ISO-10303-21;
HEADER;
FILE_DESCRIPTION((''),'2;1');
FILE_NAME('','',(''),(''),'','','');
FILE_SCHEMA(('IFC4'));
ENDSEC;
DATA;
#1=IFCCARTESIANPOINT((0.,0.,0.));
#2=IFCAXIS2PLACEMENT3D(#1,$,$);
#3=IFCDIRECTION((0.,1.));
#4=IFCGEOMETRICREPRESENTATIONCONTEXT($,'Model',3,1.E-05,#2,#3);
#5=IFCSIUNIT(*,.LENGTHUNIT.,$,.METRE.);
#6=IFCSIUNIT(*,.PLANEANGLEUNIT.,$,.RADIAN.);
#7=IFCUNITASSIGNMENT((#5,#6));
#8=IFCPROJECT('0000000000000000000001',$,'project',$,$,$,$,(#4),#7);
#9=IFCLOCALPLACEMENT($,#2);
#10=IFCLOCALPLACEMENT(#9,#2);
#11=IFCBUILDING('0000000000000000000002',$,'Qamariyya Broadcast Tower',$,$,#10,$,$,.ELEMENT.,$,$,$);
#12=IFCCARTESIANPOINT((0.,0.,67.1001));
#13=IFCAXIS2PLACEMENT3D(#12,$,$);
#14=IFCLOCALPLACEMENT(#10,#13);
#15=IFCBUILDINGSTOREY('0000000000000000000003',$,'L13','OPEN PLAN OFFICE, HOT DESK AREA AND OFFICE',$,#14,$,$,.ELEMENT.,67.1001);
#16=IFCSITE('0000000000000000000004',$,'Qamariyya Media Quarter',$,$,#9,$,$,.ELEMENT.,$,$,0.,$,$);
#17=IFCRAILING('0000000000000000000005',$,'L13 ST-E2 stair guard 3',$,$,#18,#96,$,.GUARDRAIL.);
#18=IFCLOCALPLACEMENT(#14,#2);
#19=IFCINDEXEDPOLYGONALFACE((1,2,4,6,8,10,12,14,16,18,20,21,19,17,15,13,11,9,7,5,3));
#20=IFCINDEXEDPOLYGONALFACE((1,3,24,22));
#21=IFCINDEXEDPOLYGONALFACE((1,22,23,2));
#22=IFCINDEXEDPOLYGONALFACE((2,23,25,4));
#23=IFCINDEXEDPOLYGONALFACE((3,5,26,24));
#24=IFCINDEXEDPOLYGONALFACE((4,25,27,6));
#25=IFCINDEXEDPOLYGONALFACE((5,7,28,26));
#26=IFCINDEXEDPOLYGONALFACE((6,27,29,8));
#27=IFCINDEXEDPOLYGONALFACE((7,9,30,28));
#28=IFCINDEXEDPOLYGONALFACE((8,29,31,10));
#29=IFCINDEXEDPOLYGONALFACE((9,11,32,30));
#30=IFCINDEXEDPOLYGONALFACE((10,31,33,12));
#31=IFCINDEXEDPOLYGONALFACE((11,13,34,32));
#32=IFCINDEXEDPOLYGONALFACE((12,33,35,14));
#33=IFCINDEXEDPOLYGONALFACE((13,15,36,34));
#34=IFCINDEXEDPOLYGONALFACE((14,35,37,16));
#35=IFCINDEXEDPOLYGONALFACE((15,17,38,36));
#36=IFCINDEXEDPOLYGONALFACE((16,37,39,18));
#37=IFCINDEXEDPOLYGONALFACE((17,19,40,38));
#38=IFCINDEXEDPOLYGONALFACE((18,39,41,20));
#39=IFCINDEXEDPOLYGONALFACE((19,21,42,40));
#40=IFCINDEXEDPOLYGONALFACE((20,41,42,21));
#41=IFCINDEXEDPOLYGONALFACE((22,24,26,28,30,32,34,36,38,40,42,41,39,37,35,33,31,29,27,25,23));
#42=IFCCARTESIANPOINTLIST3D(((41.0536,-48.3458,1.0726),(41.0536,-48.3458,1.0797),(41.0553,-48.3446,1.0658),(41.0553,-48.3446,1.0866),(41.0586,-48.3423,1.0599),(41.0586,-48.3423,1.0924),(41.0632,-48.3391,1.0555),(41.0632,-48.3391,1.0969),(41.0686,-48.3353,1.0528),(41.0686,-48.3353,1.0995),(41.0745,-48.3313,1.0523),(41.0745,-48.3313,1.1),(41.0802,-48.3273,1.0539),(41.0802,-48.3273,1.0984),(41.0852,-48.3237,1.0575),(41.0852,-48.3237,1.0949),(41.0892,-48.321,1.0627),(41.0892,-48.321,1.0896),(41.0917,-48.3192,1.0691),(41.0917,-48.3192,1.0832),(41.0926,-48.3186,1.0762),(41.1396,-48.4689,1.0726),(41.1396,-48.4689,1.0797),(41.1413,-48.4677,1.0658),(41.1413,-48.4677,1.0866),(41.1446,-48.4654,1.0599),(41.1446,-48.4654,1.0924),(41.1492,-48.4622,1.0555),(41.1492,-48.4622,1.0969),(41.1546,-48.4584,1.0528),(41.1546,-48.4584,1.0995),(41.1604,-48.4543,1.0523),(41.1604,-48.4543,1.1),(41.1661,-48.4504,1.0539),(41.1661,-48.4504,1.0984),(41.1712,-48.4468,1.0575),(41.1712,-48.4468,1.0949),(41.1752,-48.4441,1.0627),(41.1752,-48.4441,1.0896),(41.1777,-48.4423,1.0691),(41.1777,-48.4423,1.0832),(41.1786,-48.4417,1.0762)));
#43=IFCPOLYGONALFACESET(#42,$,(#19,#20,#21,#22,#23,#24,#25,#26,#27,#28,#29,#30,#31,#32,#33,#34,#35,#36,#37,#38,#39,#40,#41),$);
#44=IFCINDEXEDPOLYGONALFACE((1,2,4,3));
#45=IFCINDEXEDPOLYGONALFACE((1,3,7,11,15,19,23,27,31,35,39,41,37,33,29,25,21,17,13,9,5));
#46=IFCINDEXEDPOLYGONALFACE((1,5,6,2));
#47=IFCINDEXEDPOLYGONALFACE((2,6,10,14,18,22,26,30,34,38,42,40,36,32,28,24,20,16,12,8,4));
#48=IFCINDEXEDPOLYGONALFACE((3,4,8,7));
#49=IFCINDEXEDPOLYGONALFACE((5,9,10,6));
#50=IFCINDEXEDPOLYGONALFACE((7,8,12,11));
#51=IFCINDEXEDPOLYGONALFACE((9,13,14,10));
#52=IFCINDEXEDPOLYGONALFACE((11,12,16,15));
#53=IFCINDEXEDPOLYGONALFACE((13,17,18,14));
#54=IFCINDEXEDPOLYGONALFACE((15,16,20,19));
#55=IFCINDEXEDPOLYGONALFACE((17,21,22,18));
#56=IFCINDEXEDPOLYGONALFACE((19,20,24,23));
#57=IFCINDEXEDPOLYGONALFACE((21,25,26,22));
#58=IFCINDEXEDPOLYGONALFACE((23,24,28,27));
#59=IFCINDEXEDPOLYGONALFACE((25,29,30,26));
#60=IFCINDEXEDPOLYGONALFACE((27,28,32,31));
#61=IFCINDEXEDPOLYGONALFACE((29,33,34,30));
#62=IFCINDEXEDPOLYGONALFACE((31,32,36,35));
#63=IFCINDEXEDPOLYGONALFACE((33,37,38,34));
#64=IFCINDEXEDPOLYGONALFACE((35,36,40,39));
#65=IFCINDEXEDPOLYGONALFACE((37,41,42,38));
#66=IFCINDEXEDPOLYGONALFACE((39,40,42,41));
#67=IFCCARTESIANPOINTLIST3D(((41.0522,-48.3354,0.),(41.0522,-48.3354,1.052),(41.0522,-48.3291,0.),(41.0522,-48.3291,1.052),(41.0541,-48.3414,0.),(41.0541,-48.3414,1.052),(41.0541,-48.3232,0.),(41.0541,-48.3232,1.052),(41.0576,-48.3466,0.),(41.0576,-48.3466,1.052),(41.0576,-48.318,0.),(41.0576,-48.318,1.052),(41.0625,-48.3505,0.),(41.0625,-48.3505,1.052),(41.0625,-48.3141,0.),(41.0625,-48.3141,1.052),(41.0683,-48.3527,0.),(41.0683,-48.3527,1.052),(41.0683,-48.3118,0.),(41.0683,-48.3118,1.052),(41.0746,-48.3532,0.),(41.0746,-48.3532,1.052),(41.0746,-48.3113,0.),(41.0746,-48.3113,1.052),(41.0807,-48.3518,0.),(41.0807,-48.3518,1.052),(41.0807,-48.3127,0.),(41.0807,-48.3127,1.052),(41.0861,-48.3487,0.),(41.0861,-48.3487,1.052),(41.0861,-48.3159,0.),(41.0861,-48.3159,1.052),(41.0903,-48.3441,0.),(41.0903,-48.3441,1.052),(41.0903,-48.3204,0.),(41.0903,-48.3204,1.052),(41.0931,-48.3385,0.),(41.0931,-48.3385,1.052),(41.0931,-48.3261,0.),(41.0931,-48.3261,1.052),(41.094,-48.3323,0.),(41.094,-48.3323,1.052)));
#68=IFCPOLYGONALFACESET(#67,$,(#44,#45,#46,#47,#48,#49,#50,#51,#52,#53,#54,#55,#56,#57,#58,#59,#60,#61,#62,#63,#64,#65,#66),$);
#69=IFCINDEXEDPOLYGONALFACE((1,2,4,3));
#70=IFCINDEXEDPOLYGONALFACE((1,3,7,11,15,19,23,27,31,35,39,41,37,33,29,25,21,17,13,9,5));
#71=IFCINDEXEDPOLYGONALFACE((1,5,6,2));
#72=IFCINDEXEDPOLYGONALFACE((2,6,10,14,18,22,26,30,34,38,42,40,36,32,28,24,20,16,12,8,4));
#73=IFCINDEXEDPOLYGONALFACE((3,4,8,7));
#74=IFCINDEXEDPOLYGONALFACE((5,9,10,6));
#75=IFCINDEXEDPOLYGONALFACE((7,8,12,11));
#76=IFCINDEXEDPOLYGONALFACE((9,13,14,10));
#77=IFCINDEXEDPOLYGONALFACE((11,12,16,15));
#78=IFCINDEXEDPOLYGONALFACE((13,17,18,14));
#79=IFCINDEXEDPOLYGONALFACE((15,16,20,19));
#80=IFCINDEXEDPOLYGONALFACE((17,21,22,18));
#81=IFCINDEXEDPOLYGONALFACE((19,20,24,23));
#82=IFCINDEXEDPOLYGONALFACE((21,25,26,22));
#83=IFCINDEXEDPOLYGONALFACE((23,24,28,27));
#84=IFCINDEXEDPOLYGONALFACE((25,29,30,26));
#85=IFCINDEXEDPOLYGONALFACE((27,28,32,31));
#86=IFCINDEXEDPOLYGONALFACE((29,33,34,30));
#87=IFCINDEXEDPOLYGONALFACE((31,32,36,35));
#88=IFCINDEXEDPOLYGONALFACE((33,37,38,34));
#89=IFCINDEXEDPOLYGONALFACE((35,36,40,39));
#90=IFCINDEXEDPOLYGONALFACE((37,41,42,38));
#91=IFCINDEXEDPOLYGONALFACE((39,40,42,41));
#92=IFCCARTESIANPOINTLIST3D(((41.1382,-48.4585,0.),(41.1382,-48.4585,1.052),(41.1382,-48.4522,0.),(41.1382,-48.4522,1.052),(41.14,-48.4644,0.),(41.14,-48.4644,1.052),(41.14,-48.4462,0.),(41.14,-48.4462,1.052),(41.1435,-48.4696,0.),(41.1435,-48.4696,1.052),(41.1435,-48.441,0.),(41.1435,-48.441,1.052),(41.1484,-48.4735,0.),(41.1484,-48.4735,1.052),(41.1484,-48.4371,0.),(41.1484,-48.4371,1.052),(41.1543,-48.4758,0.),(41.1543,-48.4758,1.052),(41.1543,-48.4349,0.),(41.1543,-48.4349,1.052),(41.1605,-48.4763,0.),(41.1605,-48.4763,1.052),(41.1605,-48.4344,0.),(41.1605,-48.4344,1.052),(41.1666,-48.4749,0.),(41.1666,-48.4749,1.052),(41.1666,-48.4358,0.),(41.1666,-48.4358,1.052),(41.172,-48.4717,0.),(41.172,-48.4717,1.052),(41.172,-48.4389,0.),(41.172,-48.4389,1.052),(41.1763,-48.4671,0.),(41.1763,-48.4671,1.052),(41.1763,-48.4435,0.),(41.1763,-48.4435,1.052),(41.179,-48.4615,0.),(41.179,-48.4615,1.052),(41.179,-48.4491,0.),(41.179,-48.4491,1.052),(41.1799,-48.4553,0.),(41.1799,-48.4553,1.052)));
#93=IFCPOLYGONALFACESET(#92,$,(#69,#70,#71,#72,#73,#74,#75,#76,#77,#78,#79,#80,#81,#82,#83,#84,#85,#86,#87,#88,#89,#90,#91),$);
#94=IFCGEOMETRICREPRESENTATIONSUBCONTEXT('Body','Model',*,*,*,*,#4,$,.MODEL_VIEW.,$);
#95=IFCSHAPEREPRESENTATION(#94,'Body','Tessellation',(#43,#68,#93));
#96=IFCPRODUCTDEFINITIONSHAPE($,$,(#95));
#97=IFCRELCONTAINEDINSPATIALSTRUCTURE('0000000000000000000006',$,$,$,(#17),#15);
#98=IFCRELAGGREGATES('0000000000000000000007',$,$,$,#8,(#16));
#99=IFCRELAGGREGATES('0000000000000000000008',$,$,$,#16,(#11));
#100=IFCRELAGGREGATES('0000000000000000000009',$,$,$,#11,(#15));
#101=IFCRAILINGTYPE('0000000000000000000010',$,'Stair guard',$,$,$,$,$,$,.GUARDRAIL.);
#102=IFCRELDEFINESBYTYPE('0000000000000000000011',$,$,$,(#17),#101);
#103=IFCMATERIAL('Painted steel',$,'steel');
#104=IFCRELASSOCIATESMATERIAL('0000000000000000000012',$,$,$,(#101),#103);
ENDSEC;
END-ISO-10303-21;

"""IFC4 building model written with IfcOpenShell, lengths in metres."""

from ifc_helpers import new_model, si_unit, direction, frame, origin, origin_2d, place, context, subcontext, project, spatial, circle, extrude, material, type_object, element, save


model = new_model("IFC4")

# Units and contexts
model_context = context("Model", 3, precision=1e-05, world=origin(), true_north=direction((0.0, 1.0)))
body_context = subcontext(model_context, "Body", "Model", "MODEL_VIEW")
ifc_project = project(units=[si_unit("LENGTHUNIT", "METRE"), si_unit("PLANEANGLEUNIT", "RADIAN")], contexts=[model_context])

# Site, building, storey
site_placement = place(None, origin())
site = spatial("IfcSite", under=ifc_project, at=site_placement, Name="Qamariyya Media Quarter", CompositionType="ELEMENT", RefElevation=0.0)
building_placement = place(site_placement, origin())
building = spatial("IfcBuilding", under=site, at=building_placement, Name="Qamariyya Broadcast Tower", CompositionType="ELEMENT")
storey_placement = place(building_placement, frame((0.0, 0.0, 67.1001)))
storey = spatial("IfcBuildingStorey", under=building, at=storey_placement, Name="L13", Description="OPEN PLAN OFFICE, HOT DESK AREA AND OFFICE", CompositionType="ELEMENT", Elevation=67.1001)

# Railing
ifc_material_1 = material(Name="Painted steel", Category="steel")
railing_type_1 = type_object("IfcRailingType", Name="Stair guard", PredefinedType="GUARDRAIL", material=ifc_material_1)
railing_1_placement = place(storey_placement, frame((41.073, -48.3323, 0.0)))
element("IfcRailing", 1, at=railing_1_placement, inside=storey, type_object=railing_type_1, Name="L13 ST-E2 stair guard 3", PredefinedType="GUARDRAIL", context=body_context, shape_type="SweptSolid", body=[
    extrude(circle(Radius=0.0239, at=origin_2d()), frame((0.0, 0.0, 1.0762), z_axis=(0.572589, -0.819843, 0.0), x_axis=(0.819843, 0.572589, 0.0)), (0.0, 0.0, 1.0), 0.1501),
    extrude(circle(Radius=0.021, at=origin_2d()), origin(), (0.0, 0.0, 1.0), 1.052),
    extrude(circle(Radius=0.021, at=origin_2d()), frame((0.0859, -0.123, 0.0)), (0.0, 0.0, 1.0), 1.052),
])

save(model, "model.ifc")
